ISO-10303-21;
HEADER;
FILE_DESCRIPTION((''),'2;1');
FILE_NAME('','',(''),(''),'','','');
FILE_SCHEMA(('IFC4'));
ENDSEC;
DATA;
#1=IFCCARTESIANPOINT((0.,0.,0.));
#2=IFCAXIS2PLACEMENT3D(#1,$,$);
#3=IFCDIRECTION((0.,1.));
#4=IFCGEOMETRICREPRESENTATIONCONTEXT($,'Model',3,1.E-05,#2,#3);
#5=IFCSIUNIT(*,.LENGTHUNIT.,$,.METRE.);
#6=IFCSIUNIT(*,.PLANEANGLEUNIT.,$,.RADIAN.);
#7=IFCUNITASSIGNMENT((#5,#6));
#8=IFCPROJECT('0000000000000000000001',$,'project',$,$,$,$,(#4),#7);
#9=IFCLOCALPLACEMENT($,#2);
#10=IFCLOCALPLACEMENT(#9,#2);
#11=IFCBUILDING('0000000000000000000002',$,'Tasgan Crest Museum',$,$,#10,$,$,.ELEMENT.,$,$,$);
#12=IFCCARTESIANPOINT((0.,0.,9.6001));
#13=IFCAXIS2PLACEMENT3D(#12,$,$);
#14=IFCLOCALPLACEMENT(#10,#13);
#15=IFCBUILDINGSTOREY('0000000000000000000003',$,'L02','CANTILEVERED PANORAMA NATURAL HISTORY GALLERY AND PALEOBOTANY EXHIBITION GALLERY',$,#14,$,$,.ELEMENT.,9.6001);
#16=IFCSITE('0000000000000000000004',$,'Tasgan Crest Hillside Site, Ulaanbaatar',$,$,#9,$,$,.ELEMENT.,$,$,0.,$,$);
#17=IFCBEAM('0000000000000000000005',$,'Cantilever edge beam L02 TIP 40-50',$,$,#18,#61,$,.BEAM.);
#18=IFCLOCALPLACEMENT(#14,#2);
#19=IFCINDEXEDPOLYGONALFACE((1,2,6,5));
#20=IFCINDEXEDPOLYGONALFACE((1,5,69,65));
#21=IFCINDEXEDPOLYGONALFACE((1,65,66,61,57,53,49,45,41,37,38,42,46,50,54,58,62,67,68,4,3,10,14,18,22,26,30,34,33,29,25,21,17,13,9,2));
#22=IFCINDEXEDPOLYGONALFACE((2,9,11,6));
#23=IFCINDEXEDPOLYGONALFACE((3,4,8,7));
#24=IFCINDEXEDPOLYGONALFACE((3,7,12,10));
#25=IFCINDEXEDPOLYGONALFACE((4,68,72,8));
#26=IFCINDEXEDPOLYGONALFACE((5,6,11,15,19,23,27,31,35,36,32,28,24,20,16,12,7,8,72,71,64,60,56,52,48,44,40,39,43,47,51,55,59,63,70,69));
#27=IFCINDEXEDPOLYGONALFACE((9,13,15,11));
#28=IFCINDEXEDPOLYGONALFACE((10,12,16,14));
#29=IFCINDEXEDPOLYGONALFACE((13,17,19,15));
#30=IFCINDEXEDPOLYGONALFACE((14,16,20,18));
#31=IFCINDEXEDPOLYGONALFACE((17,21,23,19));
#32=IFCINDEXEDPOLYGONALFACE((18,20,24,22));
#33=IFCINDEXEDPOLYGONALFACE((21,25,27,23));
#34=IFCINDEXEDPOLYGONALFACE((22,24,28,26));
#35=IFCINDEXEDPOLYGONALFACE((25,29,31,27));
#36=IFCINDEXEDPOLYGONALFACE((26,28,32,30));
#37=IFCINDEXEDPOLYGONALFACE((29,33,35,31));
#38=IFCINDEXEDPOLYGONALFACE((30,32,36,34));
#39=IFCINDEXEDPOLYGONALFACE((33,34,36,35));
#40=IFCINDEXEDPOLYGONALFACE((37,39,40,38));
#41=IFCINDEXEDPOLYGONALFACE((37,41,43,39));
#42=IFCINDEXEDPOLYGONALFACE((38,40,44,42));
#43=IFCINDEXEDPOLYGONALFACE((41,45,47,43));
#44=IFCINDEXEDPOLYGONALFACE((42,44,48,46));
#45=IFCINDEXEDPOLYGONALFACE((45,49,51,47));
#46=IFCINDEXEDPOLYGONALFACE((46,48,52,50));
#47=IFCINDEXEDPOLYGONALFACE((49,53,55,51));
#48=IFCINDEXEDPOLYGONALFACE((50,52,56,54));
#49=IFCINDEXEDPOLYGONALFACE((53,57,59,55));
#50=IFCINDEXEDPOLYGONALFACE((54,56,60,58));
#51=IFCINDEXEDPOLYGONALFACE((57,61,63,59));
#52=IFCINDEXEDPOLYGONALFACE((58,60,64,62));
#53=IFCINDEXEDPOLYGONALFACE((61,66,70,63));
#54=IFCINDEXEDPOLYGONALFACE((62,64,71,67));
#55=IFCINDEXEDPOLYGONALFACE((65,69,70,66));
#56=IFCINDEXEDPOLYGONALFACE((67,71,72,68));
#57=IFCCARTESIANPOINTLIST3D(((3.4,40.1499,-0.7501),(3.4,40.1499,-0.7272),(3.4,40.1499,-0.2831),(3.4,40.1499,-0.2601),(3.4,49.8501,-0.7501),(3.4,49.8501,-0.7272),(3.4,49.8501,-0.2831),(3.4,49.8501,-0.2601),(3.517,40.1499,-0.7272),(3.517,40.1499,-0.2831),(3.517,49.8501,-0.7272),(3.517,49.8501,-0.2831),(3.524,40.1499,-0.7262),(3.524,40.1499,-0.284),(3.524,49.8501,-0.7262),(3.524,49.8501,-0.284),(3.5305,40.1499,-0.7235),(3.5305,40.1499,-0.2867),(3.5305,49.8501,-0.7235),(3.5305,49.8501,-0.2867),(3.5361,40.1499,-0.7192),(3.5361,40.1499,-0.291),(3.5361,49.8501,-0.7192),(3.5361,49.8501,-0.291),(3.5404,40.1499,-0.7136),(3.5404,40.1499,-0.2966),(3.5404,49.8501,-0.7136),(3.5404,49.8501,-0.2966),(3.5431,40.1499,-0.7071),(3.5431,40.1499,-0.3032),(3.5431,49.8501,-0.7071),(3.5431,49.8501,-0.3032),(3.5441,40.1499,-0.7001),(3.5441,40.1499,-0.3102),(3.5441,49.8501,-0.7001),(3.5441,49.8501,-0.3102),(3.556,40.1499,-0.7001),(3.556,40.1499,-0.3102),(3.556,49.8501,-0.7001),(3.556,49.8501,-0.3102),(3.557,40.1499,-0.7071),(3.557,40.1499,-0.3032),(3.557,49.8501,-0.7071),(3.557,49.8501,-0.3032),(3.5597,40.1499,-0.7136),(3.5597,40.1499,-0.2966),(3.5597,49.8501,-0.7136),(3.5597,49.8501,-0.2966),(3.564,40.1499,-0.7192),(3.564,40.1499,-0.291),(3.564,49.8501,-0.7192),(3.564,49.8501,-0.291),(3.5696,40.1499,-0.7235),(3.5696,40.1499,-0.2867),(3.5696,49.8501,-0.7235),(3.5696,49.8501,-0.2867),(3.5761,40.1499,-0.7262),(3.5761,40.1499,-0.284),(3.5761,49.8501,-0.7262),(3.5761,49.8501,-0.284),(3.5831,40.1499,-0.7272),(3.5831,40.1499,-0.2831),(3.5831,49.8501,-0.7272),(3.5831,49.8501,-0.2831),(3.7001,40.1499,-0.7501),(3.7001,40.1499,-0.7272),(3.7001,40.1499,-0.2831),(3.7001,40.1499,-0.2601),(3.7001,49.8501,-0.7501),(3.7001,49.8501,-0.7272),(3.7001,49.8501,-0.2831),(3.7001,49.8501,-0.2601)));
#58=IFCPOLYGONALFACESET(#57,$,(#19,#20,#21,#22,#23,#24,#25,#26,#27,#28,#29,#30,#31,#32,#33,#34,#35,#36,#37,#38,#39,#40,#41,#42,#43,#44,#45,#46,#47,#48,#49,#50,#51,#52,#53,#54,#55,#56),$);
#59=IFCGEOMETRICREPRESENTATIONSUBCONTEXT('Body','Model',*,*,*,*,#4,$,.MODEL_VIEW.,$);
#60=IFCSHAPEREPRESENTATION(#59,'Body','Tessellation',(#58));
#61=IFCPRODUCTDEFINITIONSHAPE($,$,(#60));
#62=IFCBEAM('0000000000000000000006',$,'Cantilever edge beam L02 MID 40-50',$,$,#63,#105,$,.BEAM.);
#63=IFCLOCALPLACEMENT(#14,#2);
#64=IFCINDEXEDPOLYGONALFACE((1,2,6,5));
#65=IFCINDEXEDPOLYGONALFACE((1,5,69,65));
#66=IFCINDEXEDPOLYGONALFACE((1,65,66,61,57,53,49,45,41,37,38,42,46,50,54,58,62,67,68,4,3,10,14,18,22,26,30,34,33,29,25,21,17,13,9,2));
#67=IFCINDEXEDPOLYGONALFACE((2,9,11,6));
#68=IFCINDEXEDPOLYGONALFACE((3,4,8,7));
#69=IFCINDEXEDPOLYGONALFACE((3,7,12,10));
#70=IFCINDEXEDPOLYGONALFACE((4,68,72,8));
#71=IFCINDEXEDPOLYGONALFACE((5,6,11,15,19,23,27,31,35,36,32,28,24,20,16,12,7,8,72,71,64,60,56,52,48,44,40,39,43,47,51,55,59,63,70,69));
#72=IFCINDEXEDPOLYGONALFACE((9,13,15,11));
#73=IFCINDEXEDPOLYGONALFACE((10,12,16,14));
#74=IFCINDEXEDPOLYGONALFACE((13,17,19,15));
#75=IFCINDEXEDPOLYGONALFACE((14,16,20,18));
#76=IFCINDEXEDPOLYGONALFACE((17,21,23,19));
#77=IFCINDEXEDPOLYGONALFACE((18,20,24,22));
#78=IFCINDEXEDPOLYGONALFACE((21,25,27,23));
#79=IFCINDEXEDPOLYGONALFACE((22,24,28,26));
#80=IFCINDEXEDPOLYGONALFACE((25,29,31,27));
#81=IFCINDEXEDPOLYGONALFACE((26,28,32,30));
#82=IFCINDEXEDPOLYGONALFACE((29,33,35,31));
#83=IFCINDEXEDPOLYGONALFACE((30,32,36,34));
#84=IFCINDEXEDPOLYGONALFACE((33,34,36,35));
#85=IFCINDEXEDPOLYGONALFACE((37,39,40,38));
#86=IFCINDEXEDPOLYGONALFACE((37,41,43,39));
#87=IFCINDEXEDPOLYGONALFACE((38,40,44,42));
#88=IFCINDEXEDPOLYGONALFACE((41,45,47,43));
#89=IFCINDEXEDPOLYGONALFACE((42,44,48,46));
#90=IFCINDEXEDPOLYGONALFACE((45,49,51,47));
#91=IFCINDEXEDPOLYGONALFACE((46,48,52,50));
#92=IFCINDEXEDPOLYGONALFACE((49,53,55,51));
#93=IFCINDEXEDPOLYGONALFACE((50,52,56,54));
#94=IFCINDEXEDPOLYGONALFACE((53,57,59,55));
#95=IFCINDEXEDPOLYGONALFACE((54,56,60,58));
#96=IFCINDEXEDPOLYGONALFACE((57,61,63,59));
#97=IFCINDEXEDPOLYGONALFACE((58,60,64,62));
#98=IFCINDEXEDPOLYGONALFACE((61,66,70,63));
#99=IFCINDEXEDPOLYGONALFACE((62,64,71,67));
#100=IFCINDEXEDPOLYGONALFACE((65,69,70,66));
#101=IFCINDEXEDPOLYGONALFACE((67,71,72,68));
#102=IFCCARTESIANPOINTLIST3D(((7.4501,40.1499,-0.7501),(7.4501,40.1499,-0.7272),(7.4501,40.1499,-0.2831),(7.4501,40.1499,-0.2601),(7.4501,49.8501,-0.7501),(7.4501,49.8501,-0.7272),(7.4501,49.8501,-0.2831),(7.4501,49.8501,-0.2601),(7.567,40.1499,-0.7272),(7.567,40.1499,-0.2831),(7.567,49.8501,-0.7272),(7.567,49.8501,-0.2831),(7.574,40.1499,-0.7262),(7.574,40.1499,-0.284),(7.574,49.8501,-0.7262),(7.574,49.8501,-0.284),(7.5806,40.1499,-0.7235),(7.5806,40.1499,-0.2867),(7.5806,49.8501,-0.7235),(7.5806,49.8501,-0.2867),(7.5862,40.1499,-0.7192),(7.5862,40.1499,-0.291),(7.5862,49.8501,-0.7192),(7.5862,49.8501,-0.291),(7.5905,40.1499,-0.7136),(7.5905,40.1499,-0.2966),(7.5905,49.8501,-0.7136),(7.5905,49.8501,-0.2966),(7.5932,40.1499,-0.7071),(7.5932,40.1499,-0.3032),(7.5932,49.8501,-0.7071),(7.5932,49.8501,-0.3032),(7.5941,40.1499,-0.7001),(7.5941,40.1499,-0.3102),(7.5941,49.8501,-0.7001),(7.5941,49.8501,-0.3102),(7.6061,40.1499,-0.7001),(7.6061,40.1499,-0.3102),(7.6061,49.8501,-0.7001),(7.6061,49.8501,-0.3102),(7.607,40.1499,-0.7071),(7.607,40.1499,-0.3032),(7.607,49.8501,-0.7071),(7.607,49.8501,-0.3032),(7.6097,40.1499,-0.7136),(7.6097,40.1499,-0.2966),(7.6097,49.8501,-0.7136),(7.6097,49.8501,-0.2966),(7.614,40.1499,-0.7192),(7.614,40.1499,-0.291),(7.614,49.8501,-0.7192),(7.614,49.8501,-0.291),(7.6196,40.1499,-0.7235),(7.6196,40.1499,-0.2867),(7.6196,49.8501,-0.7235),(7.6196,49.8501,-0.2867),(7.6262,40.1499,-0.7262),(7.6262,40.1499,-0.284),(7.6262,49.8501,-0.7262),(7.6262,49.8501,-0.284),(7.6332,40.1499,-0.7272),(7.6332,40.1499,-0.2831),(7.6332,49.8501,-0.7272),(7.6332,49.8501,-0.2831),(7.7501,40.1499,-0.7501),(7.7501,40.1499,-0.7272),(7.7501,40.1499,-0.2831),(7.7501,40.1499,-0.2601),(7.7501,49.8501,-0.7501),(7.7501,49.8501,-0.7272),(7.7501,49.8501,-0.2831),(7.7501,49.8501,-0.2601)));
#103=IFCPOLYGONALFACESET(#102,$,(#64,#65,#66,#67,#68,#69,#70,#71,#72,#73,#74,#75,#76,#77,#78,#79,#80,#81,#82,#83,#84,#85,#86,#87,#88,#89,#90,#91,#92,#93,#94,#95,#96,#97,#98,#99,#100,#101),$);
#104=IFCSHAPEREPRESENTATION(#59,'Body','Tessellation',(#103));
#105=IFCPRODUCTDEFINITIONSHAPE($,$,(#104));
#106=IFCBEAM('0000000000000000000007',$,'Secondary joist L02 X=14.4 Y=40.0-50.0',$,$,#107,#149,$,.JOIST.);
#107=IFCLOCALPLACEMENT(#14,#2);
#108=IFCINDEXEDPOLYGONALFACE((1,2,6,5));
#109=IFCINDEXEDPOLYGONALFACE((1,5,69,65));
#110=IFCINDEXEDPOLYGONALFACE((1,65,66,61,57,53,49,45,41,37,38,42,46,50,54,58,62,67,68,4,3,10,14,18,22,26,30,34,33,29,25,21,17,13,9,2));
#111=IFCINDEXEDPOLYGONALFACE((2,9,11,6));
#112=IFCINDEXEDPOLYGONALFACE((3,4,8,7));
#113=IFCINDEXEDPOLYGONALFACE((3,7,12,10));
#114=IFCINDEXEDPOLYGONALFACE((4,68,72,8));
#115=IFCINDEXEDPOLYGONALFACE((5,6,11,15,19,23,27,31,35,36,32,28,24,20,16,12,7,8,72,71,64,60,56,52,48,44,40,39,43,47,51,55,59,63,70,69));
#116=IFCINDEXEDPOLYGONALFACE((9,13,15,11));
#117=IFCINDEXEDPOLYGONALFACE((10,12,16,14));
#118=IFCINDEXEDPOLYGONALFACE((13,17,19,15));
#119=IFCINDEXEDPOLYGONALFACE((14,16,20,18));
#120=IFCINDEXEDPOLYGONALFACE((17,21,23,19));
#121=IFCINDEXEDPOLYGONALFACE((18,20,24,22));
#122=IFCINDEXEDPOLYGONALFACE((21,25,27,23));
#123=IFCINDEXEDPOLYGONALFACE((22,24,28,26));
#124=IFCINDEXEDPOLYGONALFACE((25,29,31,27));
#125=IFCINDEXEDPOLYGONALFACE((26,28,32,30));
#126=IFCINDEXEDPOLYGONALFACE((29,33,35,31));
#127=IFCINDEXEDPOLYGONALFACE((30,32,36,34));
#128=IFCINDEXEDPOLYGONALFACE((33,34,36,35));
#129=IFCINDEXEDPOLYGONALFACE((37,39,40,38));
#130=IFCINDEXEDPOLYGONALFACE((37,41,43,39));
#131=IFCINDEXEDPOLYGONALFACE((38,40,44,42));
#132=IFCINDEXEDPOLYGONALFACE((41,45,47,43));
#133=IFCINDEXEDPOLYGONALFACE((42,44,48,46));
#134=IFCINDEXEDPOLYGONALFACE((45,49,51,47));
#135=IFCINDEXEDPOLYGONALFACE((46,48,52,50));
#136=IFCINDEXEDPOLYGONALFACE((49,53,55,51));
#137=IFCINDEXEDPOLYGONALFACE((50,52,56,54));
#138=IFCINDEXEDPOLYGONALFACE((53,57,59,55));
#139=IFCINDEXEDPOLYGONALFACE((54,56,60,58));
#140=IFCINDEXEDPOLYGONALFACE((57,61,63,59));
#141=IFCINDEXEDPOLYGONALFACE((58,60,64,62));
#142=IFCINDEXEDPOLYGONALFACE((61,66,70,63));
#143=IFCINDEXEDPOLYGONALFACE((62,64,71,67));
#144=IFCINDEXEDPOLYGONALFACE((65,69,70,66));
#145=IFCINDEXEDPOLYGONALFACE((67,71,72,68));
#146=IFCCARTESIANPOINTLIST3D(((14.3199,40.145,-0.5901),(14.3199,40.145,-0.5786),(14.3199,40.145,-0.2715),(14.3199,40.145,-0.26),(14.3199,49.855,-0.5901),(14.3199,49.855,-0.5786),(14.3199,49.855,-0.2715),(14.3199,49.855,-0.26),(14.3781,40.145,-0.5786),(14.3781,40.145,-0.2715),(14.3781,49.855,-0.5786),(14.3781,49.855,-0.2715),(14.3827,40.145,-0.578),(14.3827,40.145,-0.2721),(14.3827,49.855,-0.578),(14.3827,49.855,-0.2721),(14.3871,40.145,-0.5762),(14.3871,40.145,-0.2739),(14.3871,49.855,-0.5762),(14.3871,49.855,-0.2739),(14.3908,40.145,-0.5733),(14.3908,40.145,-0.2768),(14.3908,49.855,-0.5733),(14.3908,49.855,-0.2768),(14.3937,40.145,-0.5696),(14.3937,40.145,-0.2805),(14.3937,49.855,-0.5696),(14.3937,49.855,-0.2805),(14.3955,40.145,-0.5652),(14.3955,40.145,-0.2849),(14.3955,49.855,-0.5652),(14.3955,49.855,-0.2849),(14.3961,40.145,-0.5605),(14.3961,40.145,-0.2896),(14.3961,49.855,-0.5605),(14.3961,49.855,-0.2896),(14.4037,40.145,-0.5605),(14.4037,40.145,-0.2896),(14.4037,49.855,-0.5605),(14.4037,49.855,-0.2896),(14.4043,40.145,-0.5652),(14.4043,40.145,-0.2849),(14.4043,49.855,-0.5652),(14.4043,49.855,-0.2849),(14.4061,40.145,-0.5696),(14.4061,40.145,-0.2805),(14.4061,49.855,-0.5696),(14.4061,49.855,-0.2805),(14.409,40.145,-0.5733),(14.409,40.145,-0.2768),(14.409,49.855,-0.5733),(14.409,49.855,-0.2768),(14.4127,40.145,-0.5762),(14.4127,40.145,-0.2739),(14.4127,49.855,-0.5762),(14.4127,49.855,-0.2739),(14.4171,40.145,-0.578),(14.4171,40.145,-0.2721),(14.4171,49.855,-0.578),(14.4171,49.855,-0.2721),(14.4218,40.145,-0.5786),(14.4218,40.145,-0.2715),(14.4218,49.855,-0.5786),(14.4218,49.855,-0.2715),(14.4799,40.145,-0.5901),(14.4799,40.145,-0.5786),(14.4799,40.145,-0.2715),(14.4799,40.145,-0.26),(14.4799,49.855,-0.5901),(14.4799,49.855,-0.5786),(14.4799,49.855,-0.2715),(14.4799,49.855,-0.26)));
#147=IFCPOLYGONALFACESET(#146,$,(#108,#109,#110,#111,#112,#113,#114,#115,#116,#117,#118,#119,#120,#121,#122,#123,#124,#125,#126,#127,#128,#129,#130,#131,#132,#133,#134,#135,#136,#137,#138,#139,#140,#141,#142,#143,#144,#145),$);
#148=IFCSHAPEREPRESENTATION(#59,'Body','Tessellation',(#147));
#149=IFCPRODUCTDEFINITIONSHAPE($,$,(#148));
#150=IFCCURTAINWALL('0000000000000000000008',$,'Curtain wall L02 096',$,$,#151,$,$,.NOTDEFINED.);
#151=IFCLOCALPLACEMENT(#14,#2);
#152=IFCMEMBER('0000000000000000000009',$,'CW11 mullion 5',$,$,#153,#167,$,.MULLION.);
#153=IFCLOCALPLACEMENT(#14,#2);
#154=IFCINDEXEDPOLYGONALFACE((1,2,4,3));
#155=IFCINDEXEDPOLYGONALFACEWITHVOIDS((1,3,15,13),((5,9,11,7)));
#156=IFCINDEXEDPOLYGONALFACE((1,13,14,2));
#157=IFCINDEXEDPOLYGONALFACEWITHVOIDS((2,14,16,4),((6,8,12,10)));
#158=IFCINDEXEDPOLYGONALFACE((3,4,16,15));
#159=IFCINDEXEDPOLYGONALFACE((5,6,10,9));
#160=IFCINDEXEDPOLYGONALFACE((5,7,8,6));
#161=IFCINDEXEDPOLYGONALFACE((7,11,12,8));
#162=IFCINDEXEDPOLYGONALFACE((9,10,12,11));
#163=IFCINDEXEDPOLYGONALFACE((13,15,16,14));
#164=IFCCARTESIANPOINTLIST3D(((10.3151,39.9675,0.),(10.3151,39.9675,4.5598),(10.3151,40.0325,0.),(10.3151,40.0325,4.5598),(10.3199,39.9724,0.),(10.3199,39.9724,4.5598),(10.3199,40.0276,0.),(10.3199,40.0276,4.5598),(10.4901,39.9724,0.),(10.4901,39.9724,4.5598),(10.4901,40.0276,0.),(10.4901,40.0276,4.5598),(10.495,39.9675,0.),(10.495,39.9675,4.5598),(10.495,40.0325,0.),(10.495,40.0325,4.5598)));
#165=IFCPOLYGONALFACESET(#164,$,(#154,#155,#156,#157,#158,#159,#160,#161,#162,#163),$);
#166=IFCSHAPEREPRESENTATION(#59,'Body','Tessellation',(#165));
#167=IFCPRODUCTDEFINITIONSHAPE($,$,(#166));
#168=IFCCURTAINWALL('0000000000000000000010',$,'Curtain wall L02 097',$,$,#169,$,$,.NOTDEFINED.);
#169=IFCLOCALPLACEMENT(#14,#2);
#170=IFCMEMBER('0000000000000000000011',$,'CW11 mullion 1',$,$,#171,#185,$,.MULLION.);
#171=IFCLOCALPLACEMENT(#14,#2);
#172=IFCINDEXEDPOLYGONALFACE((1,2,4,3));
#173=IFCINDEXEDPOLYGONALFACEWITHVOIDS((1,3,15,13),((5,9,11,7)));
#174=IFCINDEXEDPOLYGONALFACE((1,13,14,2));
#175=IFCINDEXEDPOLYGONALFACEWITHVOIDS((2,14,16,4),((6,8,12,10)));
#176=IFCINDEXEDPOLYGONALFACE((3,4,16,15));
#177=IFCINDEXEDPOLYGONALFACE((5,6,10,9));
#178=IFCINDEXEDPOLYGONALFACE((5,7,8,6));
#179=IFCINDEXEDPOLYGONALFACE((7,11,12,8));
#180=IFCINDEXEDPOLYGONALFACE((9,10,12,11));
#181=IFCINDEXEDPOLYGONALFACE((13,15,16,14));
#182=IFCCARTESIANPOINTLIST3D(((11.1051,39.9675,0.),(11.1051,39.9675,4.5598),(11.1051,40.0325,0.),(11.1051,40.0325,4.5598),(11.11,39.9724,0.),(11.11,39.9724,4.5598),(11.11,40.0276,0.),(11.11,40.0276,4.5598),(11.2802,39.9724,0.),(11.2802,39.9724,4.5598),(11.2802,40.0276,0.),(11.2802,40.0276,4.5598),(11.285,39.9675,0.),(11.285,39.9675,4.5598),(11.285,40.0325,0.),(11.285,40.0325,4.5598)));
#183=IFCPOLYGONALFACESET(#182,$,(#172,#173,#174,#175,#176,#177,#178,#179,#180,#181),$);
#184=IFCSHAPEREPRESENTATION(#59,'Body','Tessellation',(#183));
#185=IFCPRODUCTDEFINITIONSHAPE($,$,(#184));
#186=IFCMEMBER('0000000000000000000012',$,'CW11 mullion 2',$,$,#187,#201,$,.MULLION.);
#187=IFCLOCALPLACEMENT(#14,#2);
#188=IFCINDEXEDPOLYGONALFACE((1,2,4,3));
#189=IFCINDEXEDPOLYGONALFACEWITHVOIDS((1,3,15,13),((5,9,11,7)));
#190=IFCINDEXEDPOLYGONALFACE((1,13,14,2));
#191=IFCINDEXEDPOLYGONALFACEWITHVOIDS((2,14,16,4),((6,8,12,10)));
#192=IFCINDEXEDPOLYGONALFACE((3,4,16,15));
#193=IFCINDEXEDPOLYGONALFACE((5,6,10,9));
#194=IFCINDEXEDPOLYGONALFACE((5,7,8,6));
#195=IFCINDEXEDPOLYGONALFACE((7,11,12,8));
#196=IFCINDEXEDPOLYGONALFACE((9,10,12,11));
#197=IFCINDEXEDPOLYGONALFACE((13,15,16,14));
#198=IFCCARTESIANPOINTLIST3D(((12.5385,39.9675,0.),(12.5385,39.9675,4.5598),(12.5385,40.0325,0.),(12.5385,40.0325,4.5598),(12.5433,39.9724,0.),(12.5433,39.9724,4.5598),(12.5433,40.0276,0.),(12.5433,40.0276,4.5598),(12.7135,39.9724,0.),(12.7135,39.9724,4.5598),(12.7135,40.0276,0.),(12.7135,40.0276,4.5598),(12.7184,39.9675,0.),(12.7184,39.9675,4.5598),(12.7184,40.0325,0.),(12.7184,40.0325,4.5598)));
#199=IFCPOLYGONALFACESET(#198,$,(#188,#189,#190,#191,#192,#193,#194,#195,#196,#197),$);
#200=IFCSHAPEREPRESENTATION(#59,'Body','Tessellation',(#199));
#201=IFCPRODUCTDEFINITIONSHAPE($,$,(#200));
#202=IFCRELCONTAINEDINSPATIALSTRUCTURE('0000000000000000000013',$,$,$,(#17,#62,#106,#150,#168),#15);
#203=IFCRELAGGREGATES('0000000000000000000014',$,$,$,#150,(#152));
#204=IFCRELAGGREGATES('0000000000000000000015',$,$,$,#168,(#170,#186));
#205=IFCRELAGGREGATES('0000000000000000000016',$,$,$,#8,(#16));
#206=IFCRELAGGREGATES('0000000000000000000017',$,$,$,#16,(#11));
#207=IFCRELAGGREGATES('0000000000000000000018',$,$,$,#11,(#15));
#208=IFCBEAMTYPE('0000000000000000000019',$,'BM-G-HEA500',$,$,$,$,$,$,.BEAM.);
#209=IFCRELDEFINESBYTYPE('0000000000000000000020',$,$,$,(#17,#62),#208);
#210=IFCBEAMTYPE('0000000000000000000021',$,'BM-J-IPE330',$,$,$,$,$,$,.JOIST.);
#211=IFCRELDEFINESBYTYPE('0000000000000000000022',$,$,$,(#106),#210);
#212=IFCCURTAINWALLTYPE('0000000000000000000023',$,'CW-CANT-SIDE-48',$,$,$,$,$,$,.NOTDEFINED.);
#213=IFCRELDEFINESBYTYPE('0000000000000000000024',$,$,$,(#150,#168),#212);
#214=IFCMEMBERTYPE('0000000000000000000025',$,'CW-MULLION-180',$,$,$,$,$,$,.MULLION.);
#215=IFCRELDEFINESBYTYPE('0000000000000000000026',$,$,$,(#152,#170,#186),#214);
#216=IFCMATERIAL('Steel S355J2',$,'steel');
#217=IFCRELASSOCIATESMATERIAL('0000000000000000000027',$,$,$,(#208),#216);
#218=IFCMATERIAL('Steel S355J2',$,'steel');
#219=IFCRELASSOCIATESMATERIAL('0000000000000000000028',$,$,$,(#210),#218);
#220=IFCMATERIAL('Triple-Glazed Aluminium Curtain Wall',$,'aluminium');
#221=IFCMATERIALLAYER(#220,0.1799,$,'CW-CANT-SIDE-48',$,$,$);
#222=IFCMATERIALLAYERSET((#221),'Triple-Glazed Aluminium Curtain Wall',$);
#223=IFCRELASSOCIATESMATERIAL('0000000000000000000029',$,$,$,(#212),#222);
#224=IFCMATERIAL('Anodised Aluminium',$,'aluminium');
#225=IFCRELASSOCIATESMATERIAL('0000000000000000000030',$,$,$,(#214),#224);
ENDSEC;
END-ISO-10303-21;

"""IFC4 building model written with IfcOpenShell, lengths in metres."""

from ifc_helpers import new_model, si_unit, direction, frame, origin, origin_2d, place, context, subcontext, project, spatial, hollow_rectangle, i_section, extrude, material, layer, layer_set, material_profile, profile_set, type_object, element, aggregate, save


model = new_model("IFC4")

# Units and contexts
model_context = context("Model", 3, precision=1e-05, world=origin(), true_north=direction((0.0, 1.0)))
body_context = subcontext(model_context, "Body", "Model", "MODEL_VIEW")
ifc_project = project(units=[si_unit("LENGTHUNIT", "METRE"), si_unit("PLANEANGLEUNIT", "RADIAN")], contexts=[model_context])

# Site, building, storey
site_placement = place(None, origin())
site = spatial("IfcSite", under=ifc_project, at=site_placement, Name="Tasgan Crest Hillside Site, Ulaanbaatar", CompositionType="ELEMENT", RefElevation=0.0)
building_placement = place(site_placement, origin())
building = spatial("IfcBuilding", under=site, at=building_placement, Name="Tasgan Crest Museum", CompositionType="ELEMENT")
storey_placement = place(building_placement, frame((0.0, 0.0, 9.6001)))
storey = spatial("IfcBuildingStorey", under=building, at=storey_placement, Name="L02", Description="CANTILEVERED PANORAMA NATURAL HISTORY GALLERY AND PALEOBOTANY EXHIBITION GALLERY", CompositionType="ELEMENT", Elevation=9.6001)

# Beams
ifc_material_1 = material(Name="Steel S355J2", Category="steel")
ifc_material_profile_1 = material_profile(ifc_material_1, i_section(OverallWidth=0.3, OverallDepth=0.49, WebThickness=0.012, FlangeThickness=0.0229, FilletRadius=0.0271, at=origin_2d()), Name="HEA 500")
ifc_profile_set_1 = profile_set([ifc_material_profile_1], Name="Steel S355J2")
beam_type_1 = type_object("IfcBeamType", Name="BM-G-HEA500", PredefinedType="BEAM", material=ifc_profile_set_1)
for number, where, z_axis, x_axis, name in (
    (1, (3.55, 40.1499, -0.5051), (0.0, 1.0, 0.0), (-1.0, 0.0, 0.0), "Cantilever edge beam L02 TIP 40-50"),
    (2, (7.6001, 40.1499, -0.5051), (0.0, 1.0, 0.0), (-1.0, 0.0, 0.0), "Cantilever edge beam L02 MID 40-50"),
):
    element("IfcBeam", number, at=place(storey_placement, frame(where, z_axis=z_axis, x_axis=x_axis)), inside=storey, type_object=beam_type_1, Name=name, PredefinedType="BEAM", context=body_context, shape_type="SweptSolid", body=[
        extrude(i_section(OverallWidth=0.3, OverallDepth=0.49, WebThickness=0.012, FlangeThickness=0.0229, FilletRadius=0.0271, at=origin_2d()), origin(), (0.0, 0.0, 1.0), 9.7002),
    ])
ifc_material_2 = material(Name="Steel S355J2", Category="steel")
ifc_material_profile_2 = material_profile(ifc_material_2, i_section(OverallWidth=0.1599, OverallDepth=0.3301, WebThickness=0.0076, FlangeThickness=0.0115, FilletRadius=0.0181, at=origin_2d()), Name="IPE 330")
ifc_profile_set_2 = profile_set([ifc_material_profile_2], Name="Steel S355J2")
beam_type_2 = type_object("IfcBeamType", Name="BM-J-IPE330", PredefinedType="JOIST", material=ifc_profile_set_2)
beam_1_placement = place(storey_placement, frame((14.3999, 40.145, -0.425), z_axis=(0.0, 1.0, 0.0), x_axis=(-1.0, 0.0, 0.0)))
element("IfcBeam", 3, at=beam_1_placement, inside=storey, type_object=beam_type_2, Name="Secondary joist L02 X=14.4 Y=40.0-50.0", PredefinedType="JOIST", context=body_context, shape_type="SweptSolid", body=[
    extrude(i_section(OverallWidth=0.1599, OverallDepth=0.3301, WebThickness=0.0076, FlangeThickness=0.0115, FilletRadius=0.0181, at=origin_2d()), origin(), (0.0, 0.0, 1.0), 9.71),
])

# Curtain wall, member
ifc_material_3 = material(Name="Triple-Glazed Aluminium Curtain Wall", Category="aluminium")
ifc_layer_1 = layer(ifc_material_3, 0.1799, Name="CW-CANT-SIDE-48")
ifc_layer_set_1 = layer_set([ifc_layer_1], Name="Triple-Glazed Aluminium Curtain Wall")
curtain_wall_type = type_object("IfcCurtainWallType", Name="CW-CANT-SIDE-48", PredefinedType="NOTDEFINED", material=ifc_layer_set_1)
curtain_wall_1_placement = place(storey_placement, origin())
curtain_wall_1 = element("IfcCurtainWall", 4, at=curtain_wall_1_placement, inside=storey, type_object=curtain_wall_type, Name="Curtain wall L02 096", PredefinedType="NOTDEFINED")
ifc_material_4 = material(Name="Anodised Aluminium", Category="aluminium")
ifc_material_profile_3 = material_profile(ifc_material_4, hollow_rectangle(XDim=0.0649, YDim=0.1799, WallThickness=0.0049, at=origin_2d()), Name="ALU MULLION 180x65x5")
ifc_profile_set_3 = profile_set([ifc_material_profile_3], Name="Anodised Aluminium")
member_type_1 = type_object("IfcMemberType", Name="CW-MULLION-180", PredefinedType="MULLION", material=ifc_profile_set_3)
member_1_placement = place(storey_placement, frame((10.405, 40.0, 0.0), z_axis=(0.0, 0.0, 1.0), x_axis=(0.0, 1.0, 0.0)))
member_1 = element("IfcMember", 5, at=member_1_placement, type_object=member_type_1, Name="CW11 mullion 5", PredefinedType="MULLION", context=body_context, shape_type="SweptSolid", body=[
    extrude(hollow_rectangle(XDim=0.0649, YDim=0.1799, WallThickness=0.0049, at=origin_2d()), origin(), (0.0, 0.0, 1.0), 4.5598),
])
aggregate(curtain_wall_1, [member_1])

# Curtain wall, members
curtain_wall_2_placement = place(storey_placement, origin())
curtain_wall_2 = element("IfcCurtainWall", 6, at=curtain_wall_2_placement, inside=storey, type_object=curtain_wall_type, Name="Curtain wall L02 097", PredefinedType="NOTDEFINED")
member_2_placement = place(storey_placement, frame((11.1951, 40.0, 0.0), z_axis=(0.0, 0.0, 1.0), x_axis=(0.0, 1.0, 0.0)))
member_2 = element("IfcMember", 7, at=member_2_placement, type_object=member_type_1, Name="CW11 mullion 1", PredefinedType="MULLION", context=body_context, shape_type="SweptSolid", body=[
    extrude(hollow_rectangle(XDim=0.0649, YDim=0.1799, WallThickness=0.0049, at=origin_2d()), origin(), (0.0, 0.0, 1.0), 4.5598),
])
member_3_placement = place(storey_placement, frame((12.6284, 40.0, 0.0), z_axis=(0.0, 0.0, 1.0), x_axis=(0.0, 1.0, 0.0)))
member_3 = element("IfcMember", 8, at=member_3_placement, type_object=member_type_1, Name="CW11 mullion 2", PredefinedType="MULLION", context=body_context, shape_type="SweptSolid", body=[
    extrude(hollow_rectangle(XDim=0.0649, YDim=0.1799, WallThickness=0.0049, at=origin_2d()), origin(), (0.0, 0.0, 1.0), 4.5598),
])

aggregate(curtain_wall_2, [member_2, member_3])

save(model, "model.ifc")
